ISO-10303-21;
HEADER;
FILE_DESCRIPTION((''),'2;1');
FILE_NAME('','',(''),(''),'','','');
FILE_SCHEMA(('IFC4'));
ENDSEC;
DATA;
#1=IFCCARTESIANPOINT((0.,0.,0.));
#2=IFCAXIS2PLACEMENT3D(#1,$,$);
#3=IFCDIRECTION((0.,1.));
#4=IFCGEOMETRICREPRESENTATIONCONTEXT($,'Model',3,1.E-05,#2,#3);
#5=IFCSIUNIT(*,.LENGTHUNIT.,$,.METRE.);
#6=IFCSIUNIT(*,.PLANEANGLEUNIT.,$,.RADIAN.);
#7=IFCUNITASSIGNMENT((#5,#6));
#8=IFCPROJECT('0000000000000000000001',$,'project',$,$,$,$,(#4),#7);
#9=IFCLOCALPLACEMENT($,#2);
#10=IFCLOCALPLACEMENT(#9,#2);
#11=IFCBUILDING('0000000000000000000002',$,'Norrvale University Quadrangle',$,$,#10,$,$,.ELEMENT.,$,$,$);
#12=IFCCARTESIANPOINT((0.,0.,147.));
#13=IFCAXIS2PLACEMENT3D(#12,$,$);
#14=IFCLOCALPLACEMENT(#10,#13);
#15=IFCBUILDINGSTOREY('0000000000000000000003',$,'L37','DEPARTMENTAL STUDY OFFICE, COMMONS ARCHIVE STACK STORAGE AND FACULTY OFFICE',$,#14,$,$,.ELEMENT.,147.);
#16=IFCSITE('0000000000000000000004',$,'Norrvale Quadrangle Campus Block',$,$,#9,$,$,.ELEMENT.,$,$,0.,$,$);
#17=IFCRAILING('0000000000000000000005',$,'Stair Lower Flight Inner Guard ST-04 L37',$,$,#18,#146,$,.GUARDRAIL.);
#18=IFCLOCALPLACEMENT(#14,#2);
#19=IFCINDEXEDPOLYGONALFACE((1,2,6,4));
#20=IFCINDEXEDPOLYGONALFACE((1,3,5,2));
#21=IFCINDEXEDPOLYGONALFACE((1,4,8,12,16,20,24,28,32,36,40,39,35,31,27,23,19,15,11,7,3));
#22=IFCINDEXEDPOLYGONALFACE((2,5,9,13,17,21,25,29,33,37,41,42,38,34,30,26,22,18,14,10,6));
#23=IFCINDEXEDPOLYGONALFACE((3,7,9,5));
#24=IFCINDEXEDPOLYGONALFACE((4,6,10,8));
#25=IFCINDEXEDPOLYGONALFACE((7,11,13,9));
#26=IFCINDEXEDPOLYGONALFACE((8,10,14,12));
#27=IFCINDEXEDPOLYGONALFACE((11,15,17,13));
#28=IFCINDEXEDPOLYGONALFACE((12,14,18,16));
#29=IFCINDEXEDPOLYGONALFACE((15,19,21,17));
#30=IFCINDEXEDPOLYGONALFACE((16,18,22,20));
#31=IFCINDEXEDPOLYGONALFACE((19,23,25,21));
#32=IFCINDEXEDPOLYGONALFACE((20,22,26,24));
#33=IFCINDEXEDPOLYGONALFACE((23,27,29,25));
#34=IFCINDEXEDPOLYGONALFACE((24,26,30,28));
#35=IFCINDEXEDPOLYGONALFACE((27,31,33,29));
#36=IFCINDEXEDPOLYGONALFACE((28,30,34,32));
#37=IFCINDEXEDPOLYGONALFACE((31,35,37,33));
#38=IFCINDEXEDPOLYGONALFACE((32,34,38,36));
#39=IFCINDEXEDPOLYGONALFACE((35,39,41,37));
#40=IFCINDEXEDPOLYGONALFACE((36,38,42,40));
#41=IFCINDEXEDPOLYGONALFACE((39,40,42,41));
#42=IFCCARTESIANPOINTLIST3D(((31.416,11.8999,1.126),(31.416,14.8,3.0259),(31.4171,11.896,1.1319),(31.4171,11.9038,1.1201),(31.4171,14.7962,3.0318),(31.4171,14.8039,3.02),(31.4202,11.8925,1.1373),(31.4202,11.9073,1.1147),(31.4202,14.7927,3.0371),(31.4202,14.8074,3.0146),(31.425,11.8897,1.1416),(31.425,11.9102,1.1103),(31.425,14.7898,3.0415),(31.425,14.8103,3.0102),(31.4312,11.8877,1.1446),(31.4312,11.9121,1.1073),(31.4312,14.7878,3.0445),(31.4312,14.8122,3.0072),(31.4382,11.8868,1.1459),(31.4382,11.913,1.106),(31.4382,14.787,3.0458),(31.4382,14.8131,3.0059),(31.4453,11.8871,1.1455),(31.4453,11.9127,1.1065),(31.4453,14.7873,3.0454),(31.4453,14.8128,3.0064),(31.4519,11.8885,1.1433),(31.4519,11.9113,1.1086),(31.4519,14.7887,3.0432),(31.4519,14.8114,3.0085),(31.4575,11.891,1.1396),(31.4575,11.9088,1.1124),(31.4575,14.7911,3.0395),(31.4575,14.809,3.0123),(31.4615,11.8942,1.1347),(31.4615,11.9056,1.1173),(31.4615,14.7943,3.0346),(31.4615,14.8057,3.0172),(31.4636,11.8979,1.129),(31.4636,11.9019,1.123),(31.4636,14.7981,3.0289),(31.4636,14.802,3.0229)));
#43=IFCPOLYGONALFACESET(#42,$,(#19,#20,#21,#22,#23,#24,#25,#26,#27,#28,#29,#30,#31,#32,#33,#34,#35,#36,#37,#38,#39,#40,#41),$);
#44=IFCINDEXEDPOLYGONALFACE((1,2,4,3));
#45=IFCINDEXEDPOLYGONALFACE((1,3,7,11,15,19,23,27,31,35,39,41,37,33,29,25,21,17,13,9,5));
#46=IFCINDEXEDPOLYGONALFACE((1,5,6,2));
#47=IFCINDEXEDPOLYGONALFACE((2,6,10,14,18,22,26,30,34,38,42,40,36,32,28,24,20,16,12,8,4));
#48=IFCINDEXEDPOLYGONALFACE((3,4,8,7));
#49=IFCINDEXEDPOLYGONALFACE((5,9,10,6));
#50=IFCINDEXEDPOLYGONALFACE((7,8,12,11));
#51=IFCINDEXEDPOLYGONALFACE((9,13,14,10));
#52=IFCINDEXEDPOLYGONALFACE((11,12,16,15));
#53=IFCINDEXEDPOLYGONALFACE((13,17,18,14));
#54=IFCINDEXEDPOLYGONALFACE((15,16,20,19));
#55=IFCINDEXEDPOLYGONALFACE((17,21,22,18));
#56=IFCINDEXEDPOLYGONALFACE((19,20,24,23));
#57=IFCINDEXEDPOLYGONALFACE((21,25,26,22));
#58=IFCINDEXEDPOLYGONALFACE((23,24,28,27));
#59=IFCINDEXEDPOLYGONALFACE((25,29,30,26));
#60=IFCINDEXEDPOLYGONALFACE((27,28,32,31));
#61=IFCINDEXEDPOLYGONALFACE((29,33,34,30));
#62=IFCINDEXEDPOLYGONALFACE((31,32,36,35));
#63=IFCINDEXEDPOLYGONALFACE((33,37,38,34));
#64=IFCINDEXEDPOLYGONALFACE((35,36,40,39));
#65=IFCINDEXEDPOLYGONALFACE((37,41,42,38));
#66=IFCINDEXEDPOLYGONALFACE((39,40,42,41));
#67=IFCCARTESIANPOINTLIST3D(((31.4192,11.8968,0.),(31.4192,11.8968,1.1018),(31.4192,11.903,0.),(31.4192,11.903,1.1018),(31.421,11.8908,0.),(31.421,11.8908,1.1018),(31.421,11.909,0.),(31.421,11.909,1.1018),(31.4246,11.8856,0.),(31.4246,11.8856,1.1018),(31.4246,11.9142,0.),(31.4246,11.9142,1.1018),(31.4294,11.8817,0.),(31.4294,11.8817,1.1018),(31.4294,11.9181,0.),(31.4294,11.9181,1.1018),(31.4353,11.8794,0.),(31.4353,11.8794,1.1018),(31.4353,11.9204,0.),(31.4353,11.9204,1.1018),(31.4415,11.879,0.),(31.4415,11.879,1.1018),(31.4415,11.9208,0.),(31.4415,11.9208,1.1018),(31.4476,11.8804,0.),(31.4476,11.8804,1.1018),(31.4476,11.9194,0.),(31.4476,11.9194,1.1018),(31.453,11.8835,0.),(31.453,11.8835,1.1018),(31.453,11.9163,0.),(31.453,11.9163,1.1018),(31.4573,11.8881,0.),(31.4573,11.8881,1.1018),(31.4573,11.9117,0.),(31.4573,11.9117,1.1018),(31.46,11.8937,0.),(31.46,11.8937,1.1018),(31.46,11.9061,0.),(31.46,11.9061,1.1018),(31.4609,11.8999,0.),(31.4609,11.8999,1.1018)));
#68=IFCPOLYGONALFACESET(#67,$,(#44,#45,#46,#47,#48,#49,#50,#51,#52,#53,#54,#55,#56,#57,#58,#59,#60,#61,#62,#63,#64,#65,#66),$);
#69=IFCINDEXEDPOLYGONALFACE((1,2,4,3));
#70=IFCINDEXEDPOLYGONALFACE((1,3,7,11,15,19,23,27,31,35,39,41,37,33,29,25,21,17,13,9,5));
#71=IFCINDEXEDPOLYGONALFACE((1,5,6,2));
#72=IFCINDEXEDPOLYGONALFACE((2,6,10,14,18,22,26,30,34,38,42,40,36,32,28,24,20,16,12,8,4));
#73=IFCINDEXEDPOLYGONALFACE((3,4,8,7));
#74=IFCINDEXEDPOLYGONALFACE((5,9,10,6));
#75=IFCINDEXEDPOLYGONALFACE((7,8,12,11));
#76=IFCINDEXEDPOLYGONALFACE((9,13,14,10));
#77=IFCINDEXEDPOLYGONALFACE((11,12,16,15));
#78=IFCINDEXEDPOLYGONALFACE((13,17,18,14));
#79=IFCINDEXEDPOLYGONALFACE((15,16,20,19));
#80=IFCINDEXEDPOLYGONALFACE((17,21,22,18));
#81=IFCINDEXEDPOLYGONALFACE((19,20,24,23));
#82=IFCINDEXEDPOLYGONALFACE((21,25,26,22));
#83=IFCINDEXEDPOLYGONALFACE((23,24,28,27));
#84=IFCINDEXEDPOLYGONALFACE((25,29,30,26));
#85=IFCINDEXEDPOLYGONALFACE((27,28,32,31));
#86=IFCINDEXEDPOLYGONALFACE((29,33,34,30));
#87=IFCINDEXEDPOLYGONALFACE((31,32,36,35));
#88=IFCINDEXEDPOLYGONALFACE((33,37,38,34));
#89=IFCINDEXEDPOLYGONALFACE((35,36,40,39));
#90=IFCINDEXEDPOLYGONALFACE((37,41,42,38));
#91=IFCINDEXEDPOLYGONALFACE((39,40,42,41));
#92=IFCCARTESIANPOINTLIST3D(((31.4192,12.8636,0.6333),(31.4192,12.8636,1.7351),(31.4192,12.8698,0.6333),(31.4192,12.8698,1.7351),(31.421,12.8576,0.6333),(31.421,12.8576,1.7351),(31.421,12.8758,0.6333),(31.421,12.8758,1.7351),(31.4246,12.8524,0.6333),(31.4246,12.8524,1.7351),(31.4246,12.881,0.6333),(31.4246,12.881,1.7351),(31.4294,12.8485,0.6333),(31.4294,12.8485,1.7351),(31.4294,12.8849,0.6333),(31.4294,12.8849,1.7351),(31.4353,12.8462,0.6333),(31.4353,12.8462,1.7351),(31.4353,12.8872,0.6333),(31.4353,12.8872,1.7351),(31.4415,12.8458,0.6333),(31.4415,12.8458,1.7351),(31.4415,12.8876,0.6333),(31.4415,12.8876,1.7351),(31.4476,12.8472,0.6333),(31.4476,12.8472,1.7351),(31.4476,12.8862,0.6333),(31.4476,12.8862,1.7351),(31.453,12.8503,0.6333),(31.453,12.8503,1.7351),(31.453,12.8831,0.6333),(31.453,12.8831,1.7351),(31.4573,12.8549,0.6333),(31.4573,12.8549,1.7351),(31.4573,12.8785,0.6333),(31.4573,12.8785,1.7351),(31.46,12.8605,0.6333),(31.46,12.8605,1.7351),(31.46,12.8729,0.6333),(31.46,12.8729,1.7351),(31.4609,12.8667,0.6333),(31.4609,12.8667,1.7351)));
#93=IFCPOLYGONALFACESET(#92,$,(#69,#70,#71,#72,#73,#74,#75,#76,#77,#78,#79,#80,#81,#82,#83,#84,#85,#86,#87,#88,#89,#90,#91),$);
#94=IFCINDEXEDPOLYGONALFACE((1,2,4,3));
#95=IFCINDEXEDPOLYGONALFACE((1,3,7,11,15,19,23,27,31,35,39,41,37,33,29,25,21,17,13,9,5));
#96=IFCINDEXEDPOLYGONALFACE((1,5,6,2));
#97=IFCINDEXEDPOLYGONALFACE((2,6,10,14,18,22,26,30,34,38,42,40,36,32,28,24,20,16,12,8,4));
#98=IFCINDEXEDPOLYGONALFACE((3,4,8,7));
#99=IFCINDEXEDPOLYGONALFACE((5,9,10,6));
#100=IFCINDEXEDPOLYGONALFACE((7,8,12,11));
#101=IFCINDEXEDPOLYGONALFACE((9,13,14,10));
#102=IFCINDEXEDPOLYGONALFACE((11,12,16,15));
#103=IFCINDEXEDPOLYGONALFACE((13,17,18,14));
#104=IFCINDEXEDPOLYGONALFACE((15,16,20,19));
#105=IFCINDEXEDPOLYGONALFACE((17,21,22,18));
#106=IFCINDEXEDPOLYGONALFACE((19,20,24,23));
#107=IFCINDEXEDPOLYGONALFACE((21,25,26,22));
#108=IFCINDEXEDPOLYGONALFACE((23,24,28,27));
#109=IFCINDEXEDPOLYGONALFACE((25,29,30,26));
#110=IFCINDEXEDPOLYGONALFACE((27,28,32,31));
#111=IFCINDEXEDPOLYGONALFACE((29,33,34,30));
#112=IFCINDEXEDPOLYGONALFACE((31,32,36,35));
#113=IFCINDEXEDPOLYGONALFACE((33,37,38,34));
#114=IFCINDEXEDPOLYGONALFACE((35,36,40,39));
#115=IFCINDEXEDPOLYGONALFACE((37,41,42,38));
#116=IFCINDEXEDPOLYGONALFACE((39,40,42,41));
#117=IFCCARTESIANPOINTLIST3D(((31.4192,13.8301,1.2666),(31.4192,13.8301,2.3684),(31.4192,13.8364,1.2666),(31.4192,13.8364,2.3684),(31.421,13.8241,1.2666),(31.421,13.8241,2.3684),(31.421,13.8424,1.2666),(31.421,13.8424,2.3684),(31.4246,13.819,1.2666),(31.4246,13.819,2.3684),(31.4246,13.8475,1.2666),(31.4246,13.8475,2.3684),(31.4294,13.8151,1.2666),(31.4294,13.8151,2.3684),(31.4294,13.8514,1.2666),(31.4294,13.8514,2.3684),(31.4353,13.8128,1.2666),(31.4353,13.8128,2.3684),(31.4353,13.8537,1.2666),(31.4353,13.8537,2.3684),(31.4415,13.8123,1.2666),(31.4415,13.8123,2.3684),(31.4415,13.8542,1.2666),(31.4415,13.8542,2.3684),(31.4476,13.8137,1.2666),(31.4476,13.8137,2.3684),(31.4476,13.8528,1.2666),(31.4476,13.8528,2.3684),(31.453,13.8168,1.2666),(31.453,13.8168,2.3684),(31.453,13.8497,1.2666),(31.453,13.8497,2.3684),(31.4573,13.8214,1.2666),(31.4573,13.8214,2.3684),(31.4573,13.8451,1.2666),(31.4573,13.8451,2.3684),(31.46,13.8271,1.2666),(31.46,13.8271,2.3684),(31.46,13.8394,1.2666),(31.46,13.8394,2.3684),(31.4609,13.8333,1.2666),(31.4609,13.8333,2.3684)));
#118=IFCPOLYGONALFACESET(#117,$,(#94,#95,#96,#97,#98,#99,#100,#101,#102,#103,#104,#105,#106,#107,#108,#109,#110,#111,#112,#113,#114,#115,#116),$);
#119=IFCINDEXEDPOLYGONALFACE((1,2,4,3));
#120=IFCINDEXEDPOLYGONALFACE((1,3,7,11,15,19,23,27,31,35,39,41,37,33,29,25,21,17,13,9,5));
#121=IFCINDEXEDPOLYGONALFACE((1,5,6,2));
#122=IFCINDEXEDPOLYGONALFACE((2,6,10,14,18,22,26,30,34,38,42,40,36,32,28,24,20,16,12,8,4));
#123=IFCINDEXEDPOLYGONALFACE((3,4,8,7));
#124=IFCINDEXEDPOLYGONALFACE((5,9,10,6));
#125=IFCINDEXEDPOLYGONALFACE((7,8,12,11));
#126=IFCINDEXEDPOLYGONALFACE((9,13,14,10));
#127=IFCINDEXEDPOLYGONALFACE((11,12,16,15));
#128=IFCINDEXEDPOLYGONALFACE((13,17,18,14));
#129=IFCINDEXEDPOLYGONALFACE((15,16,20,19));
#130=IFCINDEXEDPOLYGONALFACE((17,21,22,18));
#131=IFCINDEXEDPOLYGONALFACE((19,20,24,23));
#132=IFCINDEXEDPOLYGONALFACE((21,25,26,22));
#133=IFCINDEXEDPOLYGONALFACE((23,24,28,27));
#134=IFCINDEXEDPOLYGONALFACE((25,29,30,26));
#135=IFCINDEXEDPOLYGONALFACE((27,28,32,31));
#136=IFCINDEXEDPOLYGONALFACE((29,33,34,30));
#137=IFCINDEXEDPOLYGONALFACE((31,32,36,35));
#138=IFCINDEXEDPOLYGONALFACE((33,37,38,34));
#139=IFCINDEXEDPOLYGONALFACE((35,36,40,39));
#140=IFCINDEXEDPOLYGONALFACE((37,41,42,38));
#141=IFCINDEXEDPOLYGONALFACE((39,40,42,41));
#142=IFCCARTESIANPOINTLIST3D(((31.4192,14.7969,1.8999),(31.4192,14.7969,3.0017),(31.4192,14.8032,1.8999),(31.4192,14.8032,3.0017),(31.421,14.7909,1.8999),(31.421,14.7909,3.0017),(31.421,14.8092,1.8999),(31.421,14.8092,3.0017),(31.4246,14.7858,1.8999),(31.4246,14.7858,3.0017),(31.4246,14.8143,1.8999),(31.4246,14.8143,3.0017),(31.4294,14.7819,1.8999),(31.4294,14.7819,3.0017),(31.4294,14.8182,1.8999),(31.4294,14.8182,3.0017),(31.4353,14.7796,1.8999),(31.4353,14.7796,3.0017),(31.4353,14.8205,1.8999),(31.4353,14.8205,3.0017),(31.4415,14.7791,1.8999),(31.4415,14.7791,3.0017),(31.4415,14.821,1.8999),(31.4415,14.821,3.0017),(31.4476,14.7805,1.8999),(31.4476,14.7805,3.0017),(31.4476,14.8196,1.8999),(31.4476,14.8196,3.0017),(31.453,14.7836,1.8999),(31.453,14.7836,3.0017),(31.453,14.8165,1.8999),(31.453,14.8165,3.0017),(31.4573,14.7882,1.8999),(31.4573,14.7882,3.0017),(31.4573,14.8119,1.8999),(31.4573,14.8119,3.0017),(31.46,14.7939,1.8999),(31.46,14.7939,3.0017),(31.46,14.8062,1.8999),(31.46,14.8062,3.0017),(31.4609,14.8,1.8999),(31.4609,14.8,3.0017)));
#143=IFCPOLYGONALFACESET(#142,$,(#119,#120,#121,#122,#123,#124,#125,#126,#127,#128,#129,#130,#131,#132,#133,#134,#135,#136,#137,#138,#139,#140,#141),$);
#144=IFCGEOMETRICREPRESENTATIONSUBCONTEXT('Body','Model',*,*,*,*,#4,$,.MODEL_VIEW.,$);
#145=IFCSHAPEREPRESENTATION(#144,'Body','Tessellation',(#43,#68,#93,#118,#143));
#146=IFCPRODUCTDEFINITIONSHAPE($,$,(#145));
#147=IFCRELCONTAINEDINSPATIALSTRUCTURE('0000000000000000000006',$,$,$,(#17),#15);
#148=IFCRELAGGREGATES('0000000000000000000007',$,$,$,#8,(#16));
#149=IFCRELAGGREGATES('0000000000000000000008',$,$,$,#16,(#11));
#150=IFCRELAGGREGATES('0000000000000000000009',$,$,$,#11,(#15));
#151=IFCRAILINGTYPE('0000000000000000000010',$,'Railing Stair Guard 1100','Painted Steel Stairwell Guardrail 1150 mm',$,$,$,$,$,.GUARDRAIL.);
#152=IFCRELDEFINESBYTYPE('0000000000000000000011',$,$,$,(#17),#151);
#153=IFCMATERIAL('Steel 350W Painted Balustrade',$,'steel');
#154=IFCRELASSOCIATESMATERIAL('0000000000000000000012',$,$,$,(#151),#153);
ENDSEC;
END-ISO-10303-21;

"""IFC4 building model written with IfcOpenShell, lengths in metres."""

from ifc_helpers import new_model, si_unit, direction, frame, origin, origin_2d, place, context, subcontext, project, spatial, circle, extrude, material, type_object, element, save


model = new_model("IFC4")

# Units and contexts
model_context = context("Model", 3, precision=1e-05, world=origin(), true_north=direction((0.0, 1.0)))
body_context = subcontext(model_context, "Body", "Model", "MODEL_VIEW")
ifc_project = project(units=[si_unit("LENGTHUNIT", "METRE"), si_unit("PLANEANGLEUNIT", "RADIAN")], contexts=[model_context])

# Site, building, storey
site_placement = place(None, origin())
site = spatial("IfcSite", under=ifc_project, at=site_placement, Name="Norrvale Quadrangle Campus Block", CompositionType="ELEMENT", RefElevation=0.0)
building_placement = place(site_placement, origin())
building = spatial("IfcBuilding", under=site, at=building_placement, Name="Norrvale University Quadrangle", CompositionType="ELEMENT")
storey_placement = place(building_placement, frame((0.0, 0.0, 147.0)))
storey = spatial("IfcBuildingStorey", under=building, at=storey_placement, Name="L37", Description="DEPARTMENTAL STUDY OFFICE, COMMONS ARCHIVE STACK STORAGE AND FACULTY OFFICE", CompositionType="ELEMENT", Elevation=147.0)

# Railing
ifc_material_1 = material(Name="Steel 350W Painted Balustrade", Category="steel")
railing_type_1 = type_object("IfcRailingType", Name="Railing Stair Guard 1100", Description="Painted Steel Stairwell Guardrail 1150 mm", PredefinedType="GUARDRAIL", material=ifc_material_1)
railing_1_placement = place(storey_placement, frame((31.4399, 11.8999, 0.0)))
element("IfcRailing", 1, at=railing_1_placement, inside=storey, type_object=railing_type_1, Name="Stair Lower Flight Inner Guard ST-04 L37", PredefinedType="GUARDRAIL", context=body_context, shape_type="SweptSolid", body=[
    extrude(circle(Radius=0.0239, at=origin_2d()), frame((0.0, 0.0, 1.126), z_axis=(0.0, 0.836487, 0.547987), x_axis=(-1.0, 0.0, 0.0)), (0.0, 0.0, 1.0), 3.467),
    extrude(circle(Radius=0.021, at=origin_2d()), origin(), (0.0, 0.0, 1.0), 1.1018),
    extrude(circle(Radius=0.021, at=origin_2d()), frame((0.0, 0.9668, 0.6333)), (0.0, 0.0, 1.0), 1.1018),
    extrude(circle(Radius=0.021, at=origin_2d()), frame((0.0, 1.9333, 1.2666)), (0.0, 0.0, 1.0), 1.1018),
    extrude(circle(Radius=0.021, at=origin_2d()), frame((0.0, 2.9001, 1.8999)), (0.0, 0.0, 1.0), 1.1018),
])

save(model, "model.ifc")
